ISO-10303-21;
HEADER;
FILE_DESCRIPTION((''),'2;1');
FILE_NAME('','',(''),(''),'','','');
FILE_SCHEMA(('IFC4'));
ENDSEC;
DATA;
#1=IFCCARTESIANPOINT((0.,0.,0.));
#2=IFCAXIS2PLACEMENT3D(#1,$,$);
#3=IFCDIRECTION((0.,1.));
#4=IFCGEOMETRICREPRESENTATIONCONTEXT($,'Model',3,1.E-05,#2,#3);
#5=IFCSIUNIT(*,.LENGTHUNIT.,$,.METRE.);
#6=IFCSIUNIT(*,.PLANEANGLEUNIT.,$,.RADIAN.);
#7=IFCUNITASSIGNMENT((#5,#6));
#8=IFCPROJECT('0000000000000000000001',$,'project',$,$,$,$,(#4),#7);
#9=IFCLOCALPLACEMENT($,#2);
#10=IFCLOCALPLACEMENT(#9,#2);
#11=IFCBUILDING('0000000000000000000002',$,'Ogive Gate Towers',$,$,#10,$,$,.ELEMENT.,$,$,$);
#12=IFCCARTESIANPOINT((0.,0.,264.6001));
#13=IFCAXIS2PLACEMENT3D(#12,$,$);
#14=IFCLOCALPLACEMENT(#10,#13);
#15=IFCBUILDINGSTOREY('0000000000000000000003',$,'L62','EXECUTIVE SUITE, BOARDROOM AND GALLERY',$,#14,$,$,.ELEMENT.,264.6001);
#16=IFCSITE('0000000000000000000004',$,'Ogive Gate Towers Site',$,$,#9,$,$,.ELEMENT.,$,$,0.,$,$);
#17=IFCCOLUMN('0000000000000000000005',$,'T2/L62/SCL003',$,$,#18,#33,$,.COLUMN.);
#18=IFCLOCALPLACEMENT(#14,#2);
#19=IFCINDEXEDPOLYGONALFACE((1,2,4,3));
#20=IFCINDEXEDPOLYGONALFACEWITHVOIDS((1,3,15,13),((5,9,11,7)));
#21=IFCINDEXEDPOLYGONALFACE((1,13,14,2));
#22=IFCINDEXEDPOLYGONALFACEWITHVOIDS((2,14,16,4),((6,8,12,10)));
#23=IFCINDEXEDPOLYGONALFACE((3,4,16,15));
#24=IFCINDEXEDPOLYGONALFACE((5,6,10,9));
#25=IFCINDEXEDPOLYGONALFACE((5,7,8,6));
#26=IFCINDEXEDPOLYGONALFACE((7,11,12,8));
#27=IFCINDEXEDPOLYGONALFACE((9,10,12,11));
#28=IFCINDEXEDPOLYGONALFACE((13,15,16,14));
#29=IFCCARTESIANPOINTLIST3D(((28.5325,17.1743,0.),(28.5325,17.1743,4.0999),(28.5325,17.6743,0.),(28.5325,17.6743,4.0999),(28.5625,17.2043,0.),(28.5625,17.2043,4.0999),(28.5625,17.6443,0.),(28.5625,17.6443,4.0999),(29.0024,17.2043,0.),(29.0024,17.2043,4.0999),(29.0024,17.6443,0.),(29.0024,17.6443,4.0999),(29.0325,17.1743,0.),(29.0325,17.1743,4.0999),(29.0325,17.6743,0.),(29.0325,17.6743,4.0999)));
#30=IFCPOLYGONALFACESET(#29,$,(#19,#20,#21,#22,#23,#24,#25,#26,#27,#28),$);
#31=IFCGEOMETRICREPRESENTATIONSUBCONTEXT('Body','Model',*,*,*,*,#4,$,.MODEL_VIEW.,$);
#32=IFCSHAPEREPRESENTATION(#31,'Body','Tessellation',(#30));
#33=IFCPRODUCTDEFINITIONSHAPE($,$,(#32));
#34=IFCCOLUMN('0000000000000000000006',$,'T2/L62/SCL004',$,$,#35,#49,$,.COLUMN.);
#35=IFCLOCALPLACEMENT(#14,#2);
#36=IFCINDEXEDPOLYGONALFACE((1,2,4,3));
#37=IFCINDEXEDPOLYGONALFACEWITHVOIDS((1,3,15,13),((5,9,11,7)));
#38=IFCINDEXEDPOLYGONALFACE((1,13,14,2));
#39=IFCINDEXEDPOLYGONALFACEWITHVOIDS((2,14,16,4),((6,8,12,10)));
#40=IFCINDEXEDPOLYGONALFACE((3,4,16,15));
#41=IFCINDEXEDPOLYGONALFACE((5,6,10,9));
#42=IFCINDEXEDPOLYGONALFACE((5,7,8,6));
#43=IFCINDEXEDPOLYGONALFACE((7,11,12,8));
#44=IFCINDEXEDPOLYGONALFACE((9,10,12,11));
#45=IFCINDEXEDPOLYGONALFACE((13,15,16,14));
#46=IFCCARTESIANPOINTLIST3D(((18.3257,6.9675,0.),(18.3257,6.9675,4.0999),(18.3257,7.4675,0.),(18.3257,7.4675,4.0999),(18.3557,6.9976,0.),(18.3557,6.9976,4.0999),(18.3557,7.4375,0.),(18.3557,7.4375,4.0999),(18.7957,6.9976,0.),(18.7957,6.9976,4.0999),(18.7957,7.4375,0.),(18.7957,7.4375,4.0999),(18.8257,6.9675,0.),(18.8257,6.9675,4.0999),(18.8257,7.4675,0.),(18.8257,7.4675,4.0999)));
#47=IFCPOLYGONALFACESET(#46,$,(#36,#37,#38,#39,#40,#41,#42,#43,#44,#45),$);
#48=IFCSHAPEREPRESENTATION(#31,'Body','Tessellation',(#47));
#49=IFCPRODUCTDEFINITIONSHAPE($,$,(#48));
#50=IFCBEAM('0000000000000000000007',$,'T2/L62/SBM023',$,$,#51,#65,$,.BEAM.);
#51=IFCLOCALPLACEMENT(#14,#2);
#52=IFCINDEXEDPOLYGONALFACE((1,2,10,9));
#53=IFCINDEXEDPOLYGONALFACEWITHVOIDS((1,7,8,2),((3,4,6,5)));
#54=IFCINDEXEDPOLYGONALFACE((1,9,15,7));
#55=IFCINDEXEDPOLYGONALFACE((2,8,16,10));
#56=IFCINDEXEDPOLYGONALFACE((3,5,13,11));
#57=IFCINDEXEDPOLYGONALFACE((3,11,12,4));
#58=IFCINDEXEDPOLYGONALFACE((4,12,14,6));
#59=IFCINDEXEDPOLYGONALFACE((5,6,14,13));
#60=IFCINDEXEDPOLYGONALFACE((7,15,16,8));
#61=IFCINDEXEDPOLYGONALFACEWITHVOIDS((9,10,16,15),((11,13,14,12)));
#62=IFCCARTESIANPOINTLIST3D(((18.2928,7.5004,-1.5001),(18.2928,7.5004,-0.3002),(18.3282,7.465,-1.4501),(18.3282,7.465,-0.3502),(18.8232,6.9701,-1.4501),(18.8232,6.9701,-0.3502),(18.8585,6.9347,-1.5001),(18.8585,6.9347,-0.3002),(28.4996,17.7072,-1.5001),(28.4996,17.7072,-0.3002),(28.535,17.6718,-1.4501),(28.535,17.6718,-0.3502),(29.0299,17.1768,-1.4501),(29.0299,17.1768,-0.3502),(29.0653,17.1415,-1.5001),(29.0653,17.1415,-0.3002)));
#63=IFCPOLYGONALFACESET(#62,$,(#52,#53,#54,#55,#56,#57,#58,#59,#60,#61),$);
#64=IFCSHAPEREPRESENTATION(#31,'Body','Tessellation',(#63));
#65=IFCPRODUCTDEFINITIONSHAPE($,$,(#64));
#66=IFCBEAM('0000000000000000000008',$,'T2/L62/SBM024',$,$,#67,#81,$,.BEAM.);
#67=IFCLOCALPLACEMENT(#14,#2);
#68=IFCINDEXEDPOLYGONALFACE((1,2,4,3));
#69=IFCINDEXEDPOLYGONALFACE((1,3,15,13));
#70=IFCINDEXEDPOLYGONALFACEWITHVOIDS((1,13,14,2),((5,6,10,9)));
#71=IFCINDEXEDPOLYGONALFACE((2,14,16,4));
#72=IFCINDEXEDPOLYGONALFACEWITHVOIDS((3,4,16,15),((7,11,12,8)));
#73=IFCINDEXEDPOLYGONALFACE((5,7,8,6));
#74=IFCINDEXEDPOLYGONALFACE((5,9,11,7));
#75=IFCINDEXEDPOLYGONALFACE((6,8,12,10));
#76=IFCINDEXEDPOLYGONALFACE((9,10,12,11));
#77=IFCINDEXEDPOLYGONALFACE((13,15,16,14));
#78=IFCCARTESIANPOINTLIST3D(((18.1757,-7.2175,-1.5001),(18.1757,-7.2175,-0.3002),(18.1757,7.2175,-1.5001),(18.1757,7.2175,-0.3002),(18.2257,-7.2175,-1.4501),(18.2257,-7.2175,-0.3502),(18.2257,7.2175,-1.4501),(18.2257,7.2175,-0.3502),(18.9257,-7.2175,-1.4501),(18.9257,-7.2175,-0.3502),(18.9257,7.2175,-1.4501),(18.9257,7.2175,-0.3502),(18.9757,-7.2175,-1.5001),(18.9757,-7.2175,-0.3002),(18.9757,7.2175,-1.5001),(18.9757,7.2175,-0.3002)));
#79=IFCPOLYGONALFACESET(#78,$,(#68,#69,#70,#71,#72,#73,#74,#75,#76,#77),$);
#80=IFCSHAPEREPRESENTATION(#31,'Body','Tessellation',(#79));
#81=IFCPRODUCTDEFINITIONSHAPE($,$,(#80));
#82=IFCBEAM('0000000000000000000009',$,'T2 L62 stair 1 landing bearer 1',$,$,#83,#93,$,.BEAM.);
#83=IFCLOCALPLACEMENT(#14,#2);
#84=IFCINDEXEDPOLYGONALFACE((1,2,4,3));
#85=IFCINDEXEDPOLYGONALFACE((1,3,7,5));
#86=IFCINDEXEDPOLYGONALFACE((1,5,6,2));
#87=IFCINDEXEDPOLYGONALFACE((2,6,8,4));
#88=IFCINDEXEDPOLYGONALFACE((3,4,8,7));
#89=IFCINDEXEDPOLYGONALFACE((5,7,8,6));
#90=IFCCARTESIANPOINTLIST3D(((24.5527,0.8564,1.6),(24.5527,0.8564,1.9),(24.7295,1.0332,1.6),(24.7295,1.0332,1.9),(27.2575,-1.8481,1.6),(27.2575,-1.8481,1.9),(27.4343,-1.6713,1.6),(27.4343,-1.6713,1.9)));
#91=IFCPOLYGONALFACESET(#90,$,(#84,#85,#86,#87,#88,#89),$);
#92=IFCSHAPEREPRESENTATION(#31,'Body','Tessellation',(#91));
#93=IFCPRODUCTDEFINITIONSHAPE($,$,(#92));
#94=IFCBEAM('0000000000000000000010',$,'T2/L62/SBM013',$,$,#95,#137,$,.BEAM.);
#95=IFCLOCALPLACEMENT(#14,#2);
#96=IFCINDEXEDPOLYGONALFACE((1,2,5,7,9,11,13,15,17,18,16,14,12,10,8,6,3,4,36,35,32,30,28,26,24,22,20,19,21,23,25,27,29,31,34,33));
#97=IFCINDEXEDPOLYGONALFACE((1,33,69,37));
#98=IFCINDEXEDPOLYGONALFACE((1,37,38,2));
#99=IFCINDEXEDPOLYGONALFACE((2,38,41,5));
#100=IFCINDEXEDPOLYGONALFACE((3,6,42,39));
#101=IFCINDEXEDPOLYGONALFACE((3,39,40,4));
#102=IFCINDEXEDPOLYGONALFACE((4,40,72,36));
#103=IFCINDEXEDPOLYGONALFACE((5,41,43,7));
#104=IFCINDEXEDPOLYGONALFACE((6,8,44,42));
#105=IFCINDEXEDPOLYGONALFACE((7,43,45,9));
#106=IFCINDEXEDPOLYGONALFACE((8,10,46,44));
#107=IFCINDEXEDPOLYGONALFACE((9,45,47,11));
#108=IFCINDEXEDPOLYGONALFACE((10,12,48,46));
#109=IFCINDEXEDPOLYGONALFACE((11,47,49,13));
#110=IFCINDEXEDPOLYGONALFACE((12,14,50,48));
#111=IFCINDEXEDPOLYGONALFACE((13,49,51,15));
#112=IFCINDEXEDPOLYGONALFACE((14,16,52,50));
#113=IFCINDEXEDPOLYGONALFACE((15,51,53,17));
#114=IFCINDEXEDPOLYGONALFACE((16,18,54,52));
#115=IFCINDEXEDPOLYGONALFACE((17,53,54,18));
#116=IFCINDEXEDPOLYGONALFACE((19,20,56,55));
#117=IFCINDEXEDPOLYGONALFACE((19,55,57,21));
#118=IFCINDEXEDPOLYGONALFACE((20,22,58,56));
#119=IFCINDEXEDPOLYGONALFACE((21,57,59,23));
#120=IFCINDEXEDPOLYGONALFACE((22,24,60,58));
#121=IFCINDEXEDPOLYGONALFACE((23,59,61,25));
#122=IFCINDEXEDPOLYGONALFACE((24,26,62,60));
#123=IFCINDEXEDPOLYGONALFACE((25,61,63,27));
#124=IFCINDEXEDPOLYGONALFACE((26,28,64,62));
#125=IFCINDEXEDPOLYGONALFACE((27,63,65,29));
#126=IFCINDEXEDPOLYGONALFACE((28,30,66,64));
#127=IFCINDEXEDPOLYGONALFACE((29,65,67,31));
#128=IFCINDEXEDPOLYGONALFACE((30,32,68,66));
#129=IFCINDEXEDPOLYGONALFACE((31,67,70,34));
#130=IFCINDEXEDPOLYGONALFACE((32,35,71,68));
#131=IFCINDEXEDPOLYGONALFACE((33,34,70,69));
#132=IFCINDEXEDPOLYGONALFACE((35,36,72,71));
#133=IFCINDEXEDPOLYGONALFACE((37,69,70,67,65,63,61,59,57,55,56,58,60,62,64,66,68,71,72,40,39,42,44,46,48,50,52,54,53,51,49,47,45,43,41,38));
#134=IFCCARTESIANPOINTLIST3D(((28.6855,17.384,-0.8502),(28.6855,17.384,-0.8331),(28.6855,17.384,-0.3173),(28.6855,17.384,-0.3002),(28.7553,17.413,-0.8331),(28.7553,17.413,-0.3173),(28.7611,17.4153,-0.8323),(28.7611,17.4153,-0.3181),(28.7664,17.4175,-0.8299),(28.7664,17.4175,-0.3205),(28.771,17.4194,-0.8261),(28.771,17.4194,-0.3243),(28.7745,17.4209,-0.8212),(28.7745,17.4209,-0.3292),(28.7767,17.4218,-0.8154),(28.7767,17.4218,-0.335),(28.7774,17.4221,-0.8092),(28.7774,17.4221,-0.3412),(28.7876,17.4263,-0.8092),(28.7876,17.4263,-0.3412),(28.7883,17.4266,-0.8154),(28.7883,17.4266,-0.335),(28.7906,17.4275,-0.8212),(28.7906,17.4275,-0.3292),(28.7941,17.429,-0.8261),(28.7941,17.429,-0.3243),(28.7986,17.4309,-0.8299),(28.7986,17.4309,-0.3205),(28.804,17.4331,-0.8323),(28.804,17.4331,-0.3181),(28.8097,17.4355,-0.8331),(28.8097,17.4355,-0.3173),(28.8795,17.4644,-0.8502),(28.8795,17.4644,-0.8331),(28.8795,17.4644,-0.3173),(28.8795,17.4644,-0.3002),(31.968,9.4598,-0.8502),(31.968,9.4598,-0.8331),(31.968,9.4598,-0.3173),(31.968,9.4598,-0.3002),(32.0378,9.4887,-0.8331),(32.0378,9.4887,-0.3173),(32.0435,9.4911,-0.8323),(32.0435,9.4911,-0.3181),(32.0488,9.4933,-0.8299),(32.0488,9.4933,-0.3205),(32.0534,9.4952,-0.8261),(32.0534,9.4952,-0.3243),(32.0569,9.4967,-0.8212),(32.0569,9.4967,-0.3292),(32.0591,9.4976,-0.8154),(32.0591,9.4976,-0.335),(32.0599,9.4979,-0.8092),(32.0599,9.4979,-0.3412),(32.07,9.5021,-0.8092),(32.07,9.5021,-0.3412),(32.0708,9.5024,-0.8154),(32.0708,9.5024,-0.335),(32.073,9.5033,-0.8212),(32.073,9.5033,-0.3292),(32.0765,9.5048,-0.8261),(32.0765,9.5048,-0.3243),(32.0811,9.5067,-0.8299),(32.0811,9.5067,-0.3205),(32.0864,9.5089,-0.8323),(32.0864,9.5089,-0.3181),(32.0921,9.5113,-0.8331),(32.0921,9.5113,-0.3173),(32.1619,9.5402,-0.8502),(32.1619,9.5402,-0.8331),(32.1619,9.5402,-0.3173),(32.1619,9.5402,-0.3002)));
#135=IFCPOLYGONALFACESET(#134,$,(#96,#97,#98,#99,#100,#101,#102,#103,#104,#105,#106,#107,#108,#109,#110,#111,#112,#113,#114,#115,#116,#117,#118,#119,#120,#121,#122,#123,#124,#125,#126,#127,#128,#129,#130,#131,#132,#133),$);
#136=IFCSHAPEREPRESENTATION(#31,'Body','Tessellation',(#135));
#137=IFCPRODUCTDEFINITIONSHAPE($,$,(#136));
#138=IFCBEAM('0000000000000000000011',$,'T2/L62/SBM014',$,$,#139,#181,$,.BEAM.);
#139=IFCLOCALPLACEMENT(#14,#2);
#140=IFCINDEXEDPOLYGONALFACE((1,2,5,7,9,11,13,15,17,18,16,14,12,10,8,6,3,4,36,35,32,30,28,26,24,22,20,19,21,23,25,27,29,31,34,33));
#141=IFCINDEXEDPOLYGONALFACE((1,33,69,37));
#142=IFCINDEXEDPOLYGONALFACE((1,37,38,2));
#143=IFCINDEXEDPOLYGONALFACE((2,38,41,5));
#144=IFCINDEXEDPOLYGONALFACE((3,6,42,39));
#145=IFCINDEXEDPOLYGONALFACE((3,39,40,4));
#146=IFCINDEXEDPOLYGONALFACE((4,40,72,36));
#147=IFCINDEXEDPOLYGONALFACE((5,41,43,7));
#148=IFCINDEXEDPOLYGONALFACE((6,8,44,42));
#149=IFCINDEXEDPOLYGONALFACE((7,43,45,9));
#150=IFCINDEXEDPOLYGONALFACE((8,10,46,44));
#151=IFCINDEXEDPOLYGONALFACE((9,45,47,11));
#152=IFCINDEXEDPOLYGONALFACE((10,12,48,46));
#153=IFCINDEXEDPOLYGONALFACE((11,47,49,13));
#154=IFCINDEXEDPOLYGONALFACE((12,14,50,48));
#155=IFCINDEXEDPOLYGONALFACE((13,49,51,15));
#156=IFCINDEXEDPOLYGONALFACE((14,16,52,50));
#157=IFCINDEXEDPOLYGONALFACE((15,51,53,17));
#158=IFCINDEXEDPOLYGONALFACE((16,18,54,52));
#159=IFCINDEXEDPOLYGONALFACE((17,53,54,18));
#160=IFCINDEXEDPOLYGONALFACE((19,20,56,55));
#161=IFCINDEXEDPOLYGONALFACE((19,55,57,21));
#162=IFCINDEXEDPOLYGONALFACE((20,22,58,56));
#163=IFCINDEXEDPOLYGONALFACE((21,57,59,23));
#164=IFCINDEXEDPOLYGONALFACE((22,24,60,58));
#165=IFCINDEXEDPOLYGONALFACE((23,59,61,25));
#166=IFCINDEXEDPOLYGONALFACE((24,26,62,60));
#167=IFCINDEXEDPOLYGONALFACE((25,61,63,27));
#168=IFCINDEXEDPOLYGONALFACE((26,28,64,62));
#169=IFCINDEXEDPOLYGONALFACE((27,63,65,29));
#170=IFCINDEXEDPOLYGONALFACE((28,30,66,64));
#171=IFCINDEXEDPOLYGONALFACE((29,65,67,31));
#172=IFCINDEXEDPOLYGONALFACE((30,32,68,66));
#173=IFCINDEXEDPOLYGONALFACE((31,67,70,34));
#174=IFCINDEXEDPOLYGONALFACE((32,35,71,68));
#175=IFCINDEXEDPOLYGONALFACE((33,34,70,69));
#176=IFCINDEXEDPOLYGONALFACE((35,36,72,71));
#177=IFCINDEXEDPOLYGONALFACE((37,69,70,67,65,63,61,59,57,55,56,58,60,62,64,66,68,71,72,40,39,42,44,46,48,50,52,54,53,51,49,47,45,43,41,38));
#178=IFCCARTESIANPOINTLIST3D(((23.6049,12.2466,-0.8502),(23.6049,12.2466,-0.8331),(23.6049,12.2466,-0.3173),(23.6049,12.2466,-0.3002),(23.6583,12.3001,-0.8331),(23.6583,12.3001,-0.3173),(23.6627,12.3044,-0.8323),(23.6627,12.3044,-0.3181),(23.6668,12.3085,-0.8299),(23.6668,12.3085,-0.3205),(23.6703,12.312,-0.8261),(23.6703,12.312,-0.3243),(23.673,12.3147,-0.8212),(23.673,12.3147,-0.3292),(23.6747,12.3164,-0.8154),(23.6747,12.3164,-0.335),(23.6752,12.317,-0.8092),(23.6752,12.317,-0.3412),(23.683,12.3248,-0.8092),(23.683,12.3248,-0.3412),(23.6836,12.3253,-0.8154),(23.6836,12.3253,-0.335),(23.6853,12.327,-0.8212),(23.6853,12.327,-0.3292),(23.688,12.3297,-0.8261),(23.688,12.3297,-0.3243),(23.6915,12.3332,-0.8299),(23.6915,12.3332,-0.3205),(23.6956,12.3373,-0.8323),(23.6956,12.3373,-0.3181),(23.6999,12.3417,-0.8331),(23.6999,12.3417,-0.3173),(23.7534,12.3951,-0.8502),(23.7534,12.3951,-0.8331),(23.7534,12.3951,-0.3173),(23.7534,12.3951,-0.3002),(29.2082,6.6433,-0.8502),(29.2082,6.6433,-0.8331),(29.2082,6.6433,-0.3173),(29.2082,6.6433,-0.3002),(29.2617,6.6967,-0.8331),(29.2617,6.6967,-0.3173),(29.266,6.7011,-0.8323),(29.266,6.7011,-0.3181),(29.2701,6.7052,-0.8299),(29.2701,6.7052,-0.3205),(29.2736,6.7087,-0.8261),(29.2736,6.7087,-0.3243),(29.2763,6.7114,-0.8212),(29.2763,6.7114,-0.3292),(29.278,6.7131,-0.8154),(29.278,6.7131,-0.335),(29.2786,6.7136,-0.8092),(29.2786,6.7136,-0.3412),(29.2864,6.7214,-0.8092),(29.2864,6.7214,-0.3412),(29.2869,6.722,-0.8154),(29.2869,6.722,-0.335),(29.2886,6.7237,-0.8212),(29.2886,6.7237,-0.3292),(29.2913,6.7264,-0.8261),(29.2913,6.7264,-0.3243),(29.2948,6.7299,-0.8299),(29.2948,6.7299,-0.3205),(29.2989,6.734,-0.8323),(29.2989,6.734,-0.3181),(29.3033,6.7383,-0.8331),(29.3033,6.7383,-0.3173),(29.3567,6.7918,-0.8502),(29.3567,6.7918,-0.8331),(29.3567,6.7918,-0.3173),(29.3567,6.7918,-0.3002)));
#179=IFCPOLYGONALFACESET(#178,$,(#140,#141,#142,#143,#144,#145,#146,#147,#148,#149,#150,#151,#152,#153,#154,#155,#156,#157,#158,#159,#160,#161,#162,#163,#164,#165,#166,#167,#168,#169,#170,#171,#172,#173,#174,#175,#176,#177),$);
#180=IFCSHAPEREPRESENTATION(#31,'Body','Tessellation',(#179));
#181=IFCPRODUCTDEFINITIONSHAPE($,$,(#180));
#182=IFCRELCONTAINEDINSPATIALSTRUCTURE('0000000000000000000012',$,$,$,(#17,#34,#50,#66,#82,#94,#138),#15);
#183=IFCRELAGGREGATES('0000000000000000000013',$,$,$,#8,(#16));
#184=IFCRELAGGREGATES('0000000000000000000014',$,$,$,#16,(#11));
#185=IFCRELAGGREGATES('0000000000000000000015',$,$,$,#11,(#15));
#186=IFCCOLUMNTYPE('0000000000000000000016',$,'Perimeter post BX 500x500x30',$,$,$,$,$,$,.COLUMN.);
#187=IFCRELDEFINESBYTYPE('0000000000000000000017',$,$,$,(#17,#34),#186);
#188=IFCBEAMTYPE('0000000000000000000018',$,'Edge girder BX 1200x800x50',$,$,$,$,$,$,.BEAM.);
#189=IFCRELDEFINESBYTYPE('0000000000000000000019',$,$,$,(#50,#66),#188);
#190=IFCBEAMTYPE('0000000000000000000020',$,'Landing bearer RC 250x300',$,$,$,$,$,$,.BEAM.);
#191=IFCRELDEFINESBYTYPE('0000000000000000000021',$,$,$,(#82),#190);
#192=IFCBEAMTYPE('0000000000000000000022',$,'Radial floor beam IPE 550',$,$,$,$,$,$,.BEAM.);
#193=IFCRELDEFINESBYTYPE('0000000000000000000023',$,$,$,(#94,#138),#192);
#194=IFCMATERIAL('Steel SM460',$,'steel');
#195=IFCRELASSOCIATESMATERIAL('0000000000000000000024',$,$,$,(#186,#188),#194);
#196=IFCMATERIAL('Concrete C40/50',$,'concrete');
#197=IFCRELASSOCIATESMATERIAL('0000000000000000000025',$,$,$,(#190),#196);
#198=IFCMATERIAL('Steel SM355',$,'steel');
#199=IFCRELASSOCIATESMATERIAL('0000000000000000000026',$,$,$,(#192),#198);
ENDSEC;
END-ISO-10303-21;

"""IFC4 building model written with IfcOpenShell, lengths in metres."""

from ifc_helpers import new_model, si_unit, direction, frame, origin, origin_2d, place, context, subcontext, project, spatial, rectangle, hollow_rectangle, i_section, extrude, material, material_profile, profile_set, type_object, element, save


model = new_model("IFC4")

# Units and contexts
model_context = context("Model", 3, precision=1e-05, world=origin(), true_north=direction((0.0, 1.0)))
body_context = subcontext(model_context, "Body", "Model", "MODEL_VIEW")
ifc_project = project(units=[si_unit("LENGTHUNIT", "METRE"), si_unit("PLANEANGLEUNIT", "RADIAN")], contexts=[model_context])

# Site, building, storey
site_placement = place(None, origin())
site = spatial("IfcSite", under=ifc_project, at=site_placement, Name="Ogive Gate Towers Site", CompositionType="ELEMENT", RefElevation=0.0)
building_placement = place(site_placement, origin())
building = spatial("IfcBuilding", under=site, at=building_placement, Name="Ogive Gate Towers", CompositionType="ELEMENT")
storey_placement = place(building_placement, frame((0.0, 0.0, 264.6001)))
storey = spatial("IfcBuildingStorey", under=building, at=storey_placement, Name="L62", Description="EXECUTIVE SUITE, BOARDROOM AND GALLERY", CompositionType="ELEMENT", Elevation=264.6001)

# Columns
ifc_material_1 = material(Name="Steel SM460", Category="steel")
ifc_material_profile_1 = material_profile(ifc_material_1, hollow_rectangle(XDim=0.5, YDim=0.5, WallThickness=0.03, at=origin_2d()), Name="BX 500x500x30")
ifc_profile_set_1 = profile_set([ifc_material_profile_1], Name="Steel SM460")
column_type = type_object("IfcColumnType", Name="Perimeter post BX 500x500x30", PredefinedType="COLUMN", material=ifc_profile_set_1)
for number, where, z_axis, x_axis, name in (
    (1, (28.7825, 17.4243, 0.0), (0.0, 0.0, 1.0), (1.0, 0.0, 0.0), "T2/L62/SCL003"),
    (2, (18.5757, 7.2175, 0.0), (0.0, 0.0, 1.0), (1.0, 0.0, 0.0), "T2/L62/SCL004"),
):
    element("IfcColumn", number, at=place(storey_placement, frame(where, z_axis=z_axis, x_axis=x_axis)), inside=storey, type_object=column_type, Name=name, PredefinedType="COLUMN", context=body_context, shape_type="SweptSolid", body=[
        extrude(hollow_rectangle(XDim=0.5, YDim=0.5, WallThickness=0.03, at=origin_2d()), origin(), (0.0, 0.0, 1.0), 4.0999),
    ])

# Beams
ifc_material_profile_2 = material_profile(ifc_material_1, hollow_rectangle(XDim=0.8, YDim=1.2, WallThickness=0.05, at=origin_2d()), Name="BX 1200x800x50")
ifc_profile_set_2 = profile_set([ifc_material_profile_2], Name="Steel SM460")
beam_type_1 = type_object("IfcBeamType", Name="Edge girder BX 1200x800x50", PredefinedType="BEAM", material=ifc_profile_set_2)
beam_1_placement = place(storey_placement, frame((28.7825, 17.4243, -0.9001), z_axis=(-0.707107, -0.707107, 0.0), x_axis=(0.707107, -0.707107, 0.0)))
element("IfcBeam", 3, at=beam_1_placement, inside=storey, type_object=beam_type_1, Name="T2/L62/SBM023", PredefinedType="BEAM", context=body_context, shape_type="SweptSolid", body=[
    extrude(hollow_rectangle(XDim=0.8, YDim=1.2, WallThickness=0.05, at=origin_2d()), origin(), (0.0, 0.0, 1.0), 14.4346),
])
beam_2_placement = place(storey_placement, frame((18.5757, 7.2175, -0.9001), z_axis=(0.0, -1.0, 0.0), x_axis=(1.0, 0.0, 0.0)))
element("IfcBeam", 4, at=beam_2_placement, inside=storey, type_object=beam_type_1, Name="T2/L62/SBM024", PredefinedType="BEAM", context=body_context, shape_type="SweptSolid", body=[
    extrude(hollow_rectangle(XDim=0.8, YDim=1.2, WallThickness=0.05, at=origin_2d()), origin(), (0.0, 0.0, 1.0), 14.4351),
])
ifc_material_2 = material(Name="Concrete C40/50", Category="concrete")
ifc_material_profile_3 = material_profile(ifc_material_2, rectangle(XDim=0.25, YDim=0.3, at=origin_2d()), Name="RC 250x300")
ifc_profile_set_3 = profile_set([ifc_material_profile_3], Name="Concrete C40/50")
beam_type_2 = type_object("IfcBeamType", Name="Landing bearer RC 250x300", PredefinedType="BEAM", material=ifc_profile_set_3)
beam_3_placement = place(storey_placement, frame((24.6411, 0.9448, 1.75), z_axis=(0.707139, -0.707075, 0.0), x_axis=(0.707075, 0.707139, 0.0)))
element("IfcBeam", 5, at=beam_3_placement, inside=storey, type_object=beam_type_2, Name="T2 L62 stair 1 landing bearer 1", PredefinedType="BEAM", context=body_context, shape_type="SweptSolid", body=[
    extrude(rectangle(XDim=0.25, YDim=0.3, at=origin_2d()), origin(), (0.0, 0.0, 1.0), 3.825),
])
ifc_material_3 = material(Name="Steel SM355", Category="steel")
ifc_material_profile_4 = material_profile(ifc_material_3, i_section(OverallWidth=0.21, OverallDepth=0.55, WebThickness=0.011, FlangeThickness=0.0171, FilletRadius=0.0239, at=origin_2d()), Name="IPE 550")
ifc_profile_set_4 = profile_set([ifc_material_profile_4], Name="Steel SM355")
beam_type_3 = type_object("IfcBeamType", Name="Radial floor beam IPE 550", PredefinedType="BEAM", material=ifc_profile_set_4)
beam_4_placement = place(storey_placement, frame((32.0649, 9.5, -0.5752), z_axis=(-0.382695, 0.923875, 0.0), x_axis=(-0.923875, -0.382695, 0.0)))
element("IfcBeam", 6, at=beam_4_placement, inside=storey, type_object=beam_type_3, Name="T2/L62/SBM013", PredefinedType="BEAM", context=body_context, shape_type="SweptSolid", body=[
    extrude(i_section(OverallWidth=0.21, OverallDepth=0.55, WebThickness=0.011, FlangeThickness=0.0171, FilletRadius=0.0239, at=origin_2d()), origin(), (0.0, 0.0, 1.0), 8.5771),
])
beam_5_placement = place(storey_placement, frame((29.2825, 6.7175, -0.5752), z_axis=(-0.707107, 0.707107, 0.0), x_axis=(-0.707107, -0.707107, 0.0)))
element("IfcBeam", 7, at=beam_5_placement, inside=storey, type_object=beam_type_3, Name="T2/L62/SBM014", PredefinedType="BEAM", context=body_context, shape_type="SweptSolid", body=[
    extrude(i_section(OverallWidth=0.21, OverallDepth=0.55, WebThickness=0.011, FlangeThickness=0.0171, FilletRadius=0.0239, at=origin_2d()), origin(), (0.0, 0.0, 1.0), 7.9243),
])

save(model, "model.ifc")
